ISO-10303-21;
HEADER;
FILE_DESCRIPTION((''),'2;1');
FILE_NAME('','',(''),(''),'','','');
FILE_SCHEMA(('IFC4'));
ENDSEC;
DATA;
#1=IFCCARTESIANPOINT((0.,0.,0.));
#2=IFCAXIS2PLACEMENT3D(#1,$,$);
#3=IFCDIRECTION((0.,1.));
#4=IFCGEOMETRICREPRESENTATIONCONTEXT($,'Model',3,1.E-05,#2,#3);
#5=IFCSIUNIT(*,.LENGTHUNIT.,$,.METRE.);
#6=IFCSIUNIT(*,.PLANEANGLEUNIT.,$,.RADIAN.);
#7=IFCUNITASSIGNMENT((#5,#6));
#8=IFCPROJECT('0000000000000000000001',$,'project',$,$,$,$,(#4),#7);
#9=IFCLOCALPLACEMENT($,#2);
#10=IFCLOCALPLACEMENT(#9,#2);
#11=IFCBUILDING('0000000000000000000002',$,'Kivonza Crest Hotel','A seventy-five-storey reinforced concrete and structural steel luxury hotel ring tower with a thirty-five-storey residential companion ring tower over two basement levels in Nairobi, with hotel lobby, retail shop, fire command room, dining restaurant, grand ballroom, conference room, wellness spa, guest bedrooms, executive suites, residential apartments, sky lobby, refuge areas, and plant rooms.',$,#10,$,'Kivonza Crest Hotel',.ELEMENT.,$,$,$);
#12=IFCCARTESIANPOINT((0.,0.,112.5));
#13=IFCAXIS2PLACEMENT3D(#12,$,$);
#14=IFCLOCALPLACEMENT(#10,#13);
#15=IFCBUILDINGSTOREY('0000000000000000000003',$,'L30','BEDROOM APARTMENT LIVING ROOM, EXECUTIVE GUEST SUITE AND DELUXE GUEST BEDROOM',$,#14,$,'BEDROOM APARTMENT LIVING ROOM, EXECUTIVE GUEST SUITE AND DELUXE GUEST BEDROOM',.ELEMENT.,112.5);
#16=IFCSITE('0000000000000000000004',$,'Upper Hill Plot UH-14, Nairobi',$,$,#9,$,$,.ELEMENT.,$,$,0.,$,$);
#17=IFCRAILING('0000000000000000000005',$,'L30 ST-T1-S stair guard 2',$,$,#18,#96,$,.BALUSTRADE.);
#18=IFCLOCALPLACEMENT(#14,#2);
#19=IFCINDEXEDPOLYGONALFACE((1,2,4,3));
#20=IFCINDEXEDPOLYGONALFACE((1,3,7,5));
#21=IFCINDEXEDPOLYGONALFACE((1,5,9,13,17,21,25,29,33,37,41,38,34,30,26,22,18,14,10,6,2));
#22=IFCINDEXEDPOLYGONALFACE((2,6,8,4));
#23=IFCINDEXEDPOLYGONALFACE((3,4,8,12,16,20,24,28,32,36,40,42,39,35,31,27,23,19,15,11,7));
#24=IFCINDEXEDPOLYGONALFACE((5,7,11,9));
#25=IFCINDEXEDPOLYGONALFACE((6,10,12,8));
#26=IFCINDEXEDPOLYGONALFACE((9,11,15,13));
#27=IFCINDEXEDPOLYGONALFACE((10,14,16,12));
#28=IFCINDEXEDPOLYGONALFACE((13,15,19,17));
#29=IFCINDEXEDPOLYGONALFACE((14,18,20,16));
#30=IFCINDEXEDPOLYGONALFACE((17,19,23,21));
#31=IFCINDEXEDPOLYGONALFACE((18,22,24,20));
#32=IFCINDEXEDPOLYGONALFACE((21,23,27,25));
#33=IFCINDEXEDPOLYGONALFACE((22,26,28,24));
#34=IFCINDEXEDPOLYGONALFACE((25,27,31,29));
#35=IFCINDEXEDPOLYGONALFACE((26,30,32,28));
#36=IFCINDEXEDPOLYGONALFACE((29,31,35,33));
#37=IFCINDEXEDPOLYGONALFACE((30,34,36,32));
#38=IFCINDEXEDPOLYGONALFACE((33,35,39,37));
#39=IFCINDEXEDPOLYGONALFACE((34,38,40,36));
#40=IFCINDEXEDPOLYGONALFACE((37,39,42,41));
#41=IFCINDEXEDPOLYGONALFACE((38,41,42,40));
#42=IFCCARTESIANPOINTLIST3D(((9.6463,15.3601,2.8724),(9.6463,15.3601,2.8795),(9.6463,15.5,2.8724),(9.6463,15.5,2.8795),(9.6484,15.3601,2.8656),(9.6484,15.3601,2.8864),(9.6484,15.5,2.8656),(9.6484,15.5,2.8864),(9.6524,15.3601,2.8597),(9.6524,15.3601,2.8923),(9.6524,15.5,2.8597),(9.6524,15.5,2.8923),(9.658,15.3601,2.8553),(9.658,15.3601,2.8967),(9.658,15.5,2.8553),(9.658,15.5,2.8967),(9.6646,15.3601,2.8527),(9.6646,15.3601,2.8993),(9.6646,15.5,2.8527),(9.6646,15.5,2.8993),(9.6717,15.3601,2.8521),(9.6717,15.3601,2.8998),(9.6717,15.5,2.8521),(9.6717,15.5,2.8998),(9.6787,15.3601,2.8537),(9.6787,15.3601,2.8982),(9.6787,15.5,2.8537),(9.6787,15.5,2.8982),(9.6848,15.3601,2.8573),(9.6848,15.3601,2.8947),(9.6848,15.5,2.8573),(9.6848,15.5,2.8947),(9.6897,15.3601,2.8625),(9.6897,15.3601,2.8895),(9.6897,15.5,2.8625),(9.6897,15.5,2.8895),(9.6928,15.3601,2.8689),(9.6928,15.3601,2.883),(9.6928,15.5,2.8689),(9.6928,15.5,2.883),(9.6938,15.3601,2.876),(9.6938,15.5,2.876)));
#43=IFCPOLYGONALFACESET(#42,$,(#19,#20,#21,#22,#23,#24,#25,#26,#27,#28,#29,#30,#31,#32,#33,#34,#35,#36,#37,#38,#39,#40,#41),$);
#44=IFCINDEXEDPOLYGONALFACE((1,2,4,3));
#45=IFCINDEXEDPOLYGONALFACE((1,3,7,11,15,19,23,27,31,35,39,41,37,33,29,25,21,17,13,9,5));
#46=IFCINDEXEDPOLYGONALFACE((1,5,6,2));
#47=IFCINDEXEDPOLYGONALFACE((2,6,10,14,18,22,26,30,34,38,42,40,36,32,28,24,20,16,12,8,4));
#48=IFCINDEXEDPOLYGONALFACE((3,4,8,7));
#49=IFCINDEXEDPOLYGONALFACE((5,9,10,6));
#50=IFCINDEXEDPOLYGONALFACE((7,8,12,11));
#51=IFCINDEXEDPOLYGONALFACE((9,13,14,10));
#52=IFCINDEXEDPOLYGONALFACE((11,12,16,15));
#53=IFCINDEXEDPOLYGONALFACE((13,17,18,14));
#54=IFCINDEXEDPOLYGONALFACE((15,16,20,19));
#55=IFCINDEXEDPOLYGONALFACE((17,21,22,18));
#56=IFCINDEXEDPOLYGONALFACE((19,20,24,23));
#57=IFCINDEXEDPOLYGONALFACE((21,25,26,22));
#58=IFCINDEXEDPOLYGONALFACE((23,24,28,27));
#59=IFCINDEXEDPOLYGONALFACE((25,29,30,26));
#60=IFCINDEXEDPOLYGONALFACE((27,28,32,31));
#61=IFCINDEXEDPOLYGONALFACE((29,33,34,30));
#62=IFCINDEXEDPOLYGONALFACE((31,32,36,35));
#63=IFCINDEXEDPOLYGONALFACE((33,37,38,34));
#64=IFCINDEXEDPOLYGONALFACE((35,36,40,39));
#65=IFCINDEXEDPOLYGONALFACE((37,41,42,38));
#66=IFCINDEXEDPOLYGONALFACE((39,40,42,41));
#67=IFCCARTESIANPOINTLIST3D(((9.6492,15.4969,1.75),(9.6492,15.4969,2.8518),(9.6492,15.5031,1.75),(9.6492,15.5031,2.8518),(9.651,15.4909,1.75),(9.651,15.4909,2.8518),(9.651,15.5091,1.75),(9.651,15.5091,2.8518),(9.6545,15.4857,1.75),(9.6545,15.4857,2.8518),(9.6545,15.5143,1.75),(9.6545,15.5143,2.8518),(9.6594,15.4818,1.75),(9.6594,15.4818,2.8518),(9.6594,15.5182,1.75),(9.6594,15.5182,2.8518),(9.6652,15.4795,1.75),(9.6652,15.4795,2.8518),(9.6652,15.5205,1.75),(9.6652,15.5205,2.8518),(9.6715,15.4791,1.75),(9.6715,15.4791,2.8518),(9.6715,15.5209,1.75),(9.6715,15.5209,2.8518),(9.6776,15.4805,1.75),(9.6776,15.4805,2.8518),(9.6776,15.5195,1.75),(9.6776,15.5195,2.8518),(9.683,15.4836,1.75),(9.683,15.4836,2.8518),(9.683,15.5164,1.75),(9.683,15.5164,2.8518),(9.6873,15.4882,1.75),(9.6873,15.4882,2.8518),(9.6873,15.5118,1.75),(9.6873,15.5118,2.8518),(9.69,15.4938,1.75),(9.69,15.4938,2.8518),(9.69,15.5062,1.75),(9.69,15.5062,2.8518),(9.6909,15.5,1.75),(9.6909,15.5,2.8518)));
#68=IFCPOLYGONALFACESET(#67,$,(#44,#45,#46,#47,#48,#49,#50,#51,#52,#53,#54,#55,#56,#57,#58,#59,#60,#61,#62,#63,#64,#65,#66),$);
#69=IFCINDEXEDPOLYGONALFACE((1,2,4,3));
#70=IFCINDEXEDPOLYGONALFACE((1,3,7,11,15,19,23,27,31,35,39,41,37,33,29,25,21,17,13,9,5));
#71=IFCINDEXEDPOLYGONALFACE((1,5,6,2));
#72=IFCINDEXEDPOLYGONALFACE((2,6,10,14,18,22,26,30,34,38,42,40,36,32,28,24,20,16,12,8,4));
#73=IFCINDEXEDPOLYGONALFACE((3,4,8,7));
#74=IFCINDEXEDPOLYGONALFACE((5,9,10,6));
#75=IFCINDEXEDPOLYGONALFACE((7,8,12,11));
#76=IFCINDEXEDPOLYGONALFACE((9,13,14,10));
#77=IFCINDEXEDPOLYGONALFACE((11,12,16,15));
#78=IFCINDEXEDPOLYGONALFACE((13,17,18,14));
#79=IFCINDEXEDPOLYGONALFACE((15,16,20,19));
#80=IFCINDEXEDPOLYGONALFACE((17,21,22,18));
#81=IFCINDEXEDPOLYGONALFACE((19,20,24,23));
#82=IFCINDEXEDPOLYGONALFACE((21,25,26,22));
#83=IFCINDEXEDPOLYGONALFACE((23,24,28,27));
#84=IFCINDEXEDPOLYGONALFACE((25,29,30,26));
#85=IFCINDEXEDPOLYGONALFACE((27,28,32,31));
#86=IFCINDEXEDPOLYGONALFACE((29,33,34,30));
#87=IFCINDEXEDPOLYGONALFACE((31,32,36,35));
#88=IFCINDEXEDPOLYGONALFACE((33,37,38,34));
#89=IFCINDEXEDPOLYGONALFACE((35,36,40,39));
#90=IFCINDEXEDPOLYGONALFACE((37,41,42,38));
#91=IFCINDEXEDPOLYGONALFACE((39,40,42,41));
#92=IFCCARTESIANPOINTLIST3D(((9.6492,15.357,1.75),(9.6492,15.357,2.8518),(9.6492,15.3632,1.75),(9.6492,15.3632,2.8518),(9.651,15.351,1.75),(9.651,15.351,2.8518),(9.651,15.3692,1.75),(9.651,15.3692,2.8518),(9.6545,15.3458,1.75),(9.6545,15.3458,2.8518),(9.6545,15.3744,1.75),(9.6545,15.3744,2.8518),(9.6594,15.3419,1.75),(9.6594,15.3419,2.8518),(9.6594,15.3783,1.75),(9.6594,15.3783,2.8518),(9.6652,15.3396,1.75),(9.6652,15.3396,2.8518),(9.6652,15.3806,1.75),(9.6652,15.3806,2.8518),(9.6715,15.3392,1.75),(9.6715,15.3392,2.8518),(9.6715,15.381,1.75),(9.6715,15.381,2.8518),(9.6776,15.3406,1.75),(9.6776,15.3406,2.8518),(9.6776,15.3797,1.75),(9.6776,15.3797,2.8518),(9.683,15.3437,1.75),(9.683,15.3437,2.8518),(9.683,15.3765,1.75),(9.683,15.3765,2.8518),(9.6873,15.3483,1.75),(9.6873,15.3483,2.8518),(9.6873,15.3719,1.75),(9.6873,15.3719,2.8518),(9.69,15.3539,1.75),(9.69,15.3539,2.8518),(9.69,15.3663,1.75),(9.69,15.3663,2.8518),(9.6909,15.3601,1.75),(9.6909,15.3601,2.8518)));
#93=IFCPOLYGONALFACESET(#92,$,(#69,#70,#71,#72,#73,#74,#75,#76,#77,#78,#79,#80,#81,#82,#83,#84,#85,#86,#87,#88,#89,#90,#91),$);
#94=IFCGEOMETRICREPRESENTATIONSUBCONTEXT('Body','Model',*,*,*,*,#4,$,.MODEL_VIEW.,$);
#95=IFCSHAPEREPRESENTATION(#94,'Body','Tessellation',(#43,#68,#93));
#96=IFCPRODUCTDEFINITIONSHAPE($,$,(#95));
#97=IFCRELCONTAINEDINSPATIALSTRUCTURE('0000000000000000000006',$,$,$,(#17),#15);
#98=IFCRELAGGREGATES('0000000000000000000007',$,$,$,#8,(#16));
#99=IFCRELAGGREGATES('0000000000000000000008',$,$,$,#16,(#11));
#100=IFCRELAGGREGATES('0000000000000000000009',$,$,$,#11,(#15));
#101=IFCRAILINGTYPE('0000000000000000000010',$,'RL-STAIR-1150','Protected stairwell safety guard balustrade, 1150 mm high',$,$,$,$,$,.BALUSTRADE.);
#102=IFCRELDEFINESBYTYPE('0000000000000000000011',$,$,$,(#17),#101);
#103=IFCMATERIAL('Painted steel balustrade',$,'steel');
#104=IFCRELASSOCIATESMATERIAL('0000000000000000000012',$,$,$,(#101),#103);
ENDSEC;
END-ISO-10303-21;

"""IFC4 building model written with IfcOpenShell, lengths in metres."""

from ifc_helpers import new_model, si_unit, direction, frame, origin, origin_2d, place, context, subcontext, project, spatial, circle, extrude, material, type_object, element, save


model = new_model("IFC4")

# Units and contexts
model_context = context("Model", 3, precision=1e-05, world=origin(), true_north=direction((0.0, 1.0)))
body_context = subcontext(model_context, "Body", "Model", "MODEL_VIEW")
ifc_project = project(units=[si_unit("LENGTHUNIT", "METRE"), si_unit("PLANEANGLEUNIT", "RADIAN")], contexts=[model_context])

# Site, building, storey
site_placement = place(None, origin())
site = spatial("IfcSite", under=ifc_project, at=site_placement, Name="Upper Hill Plot UH-14, Nairobi", CompositionType="ELEMENT", RefElevation=0.0)
building_placement = place(site_placement, origin())
building = spatial("IfcBuilding", under=site, at=building_placement, Name="Kivonza Crest Hotel", Description="A seventy-five-storey reinforced concrete and structural steel luxury hotel ring tower with a thirty-five-storey residential companion ring tower over two basement levels in Nairobi, with hotel lobby, retail shop, fire command room, dining restaurant, grand ballroom, conference room, wellness spa, guest bedrooms, executive suites, residential apartments, sky lobby, refuge areas, and plant rooms.", LongName="Kivonza Crest Hotel", CompositionType="ELEMENT")
storey_placement = place(building_placement, frame((0.0, 0.0, 112.5)))
storey = spatial("IfcBuildingStorey", under=building, at=storey_placement, Name="L30", Description="BEDROOM APARTMENT LIVING ROOM, EXECUTIVE GUEST SUITE AND DELUXE GUEST BEDROOM", LongName="BEDROOM APARTMENT LIVING ROOM, EXECUTIVE GUEST SUITE AND DELUXE GUEST BEDROOM", CompositionType="ELEMENT", Elevation=112.5)

# Railing
ifc_material_1 = material(Name="Painted steel balustrade", Category="steel")
railing_type_1 = type_object("IfcRailingType", Name="RL-STAIR-1150", Description="Protected stairwell safety guard balustrade, 1150 mm high", PredefinedType="BALUSTRADE", material=ifc_material_1)
railing_1_placement = place(storey_placement, frame((9.6699, 15.5, 1.75)))
element("IfcRailing", 1, at=railing_1_placement, inside=storey, type_object=railing_type_1, Name="L30 ST-T1-S stair guard 2", PredefinedType="BALUSTRADE", context=body_context, shape_type="SweptSolid", body=[
    extrude(circle(Radius=0.0239, at=origin_2d()), frame((0.0, 0.0, 1.126), z_axis=(0.0, -1.0, 0.0), x_axis=(1.0, 0.0, 0.0)), (0.0, 0.0, 1.0), 0.1399),
    extrude(circle(Radius=0.021, at=origin_2d()), origin(), (0.0, 0.0, 1.0), 1.1018),
    extrude(circle(Radius=0.021, at=origin_2d()), frame((0.0, -0.1399, 0.0)), (0.0, 0.0, 1.0), 1.1018),
])

save(model, "model.ifc")
